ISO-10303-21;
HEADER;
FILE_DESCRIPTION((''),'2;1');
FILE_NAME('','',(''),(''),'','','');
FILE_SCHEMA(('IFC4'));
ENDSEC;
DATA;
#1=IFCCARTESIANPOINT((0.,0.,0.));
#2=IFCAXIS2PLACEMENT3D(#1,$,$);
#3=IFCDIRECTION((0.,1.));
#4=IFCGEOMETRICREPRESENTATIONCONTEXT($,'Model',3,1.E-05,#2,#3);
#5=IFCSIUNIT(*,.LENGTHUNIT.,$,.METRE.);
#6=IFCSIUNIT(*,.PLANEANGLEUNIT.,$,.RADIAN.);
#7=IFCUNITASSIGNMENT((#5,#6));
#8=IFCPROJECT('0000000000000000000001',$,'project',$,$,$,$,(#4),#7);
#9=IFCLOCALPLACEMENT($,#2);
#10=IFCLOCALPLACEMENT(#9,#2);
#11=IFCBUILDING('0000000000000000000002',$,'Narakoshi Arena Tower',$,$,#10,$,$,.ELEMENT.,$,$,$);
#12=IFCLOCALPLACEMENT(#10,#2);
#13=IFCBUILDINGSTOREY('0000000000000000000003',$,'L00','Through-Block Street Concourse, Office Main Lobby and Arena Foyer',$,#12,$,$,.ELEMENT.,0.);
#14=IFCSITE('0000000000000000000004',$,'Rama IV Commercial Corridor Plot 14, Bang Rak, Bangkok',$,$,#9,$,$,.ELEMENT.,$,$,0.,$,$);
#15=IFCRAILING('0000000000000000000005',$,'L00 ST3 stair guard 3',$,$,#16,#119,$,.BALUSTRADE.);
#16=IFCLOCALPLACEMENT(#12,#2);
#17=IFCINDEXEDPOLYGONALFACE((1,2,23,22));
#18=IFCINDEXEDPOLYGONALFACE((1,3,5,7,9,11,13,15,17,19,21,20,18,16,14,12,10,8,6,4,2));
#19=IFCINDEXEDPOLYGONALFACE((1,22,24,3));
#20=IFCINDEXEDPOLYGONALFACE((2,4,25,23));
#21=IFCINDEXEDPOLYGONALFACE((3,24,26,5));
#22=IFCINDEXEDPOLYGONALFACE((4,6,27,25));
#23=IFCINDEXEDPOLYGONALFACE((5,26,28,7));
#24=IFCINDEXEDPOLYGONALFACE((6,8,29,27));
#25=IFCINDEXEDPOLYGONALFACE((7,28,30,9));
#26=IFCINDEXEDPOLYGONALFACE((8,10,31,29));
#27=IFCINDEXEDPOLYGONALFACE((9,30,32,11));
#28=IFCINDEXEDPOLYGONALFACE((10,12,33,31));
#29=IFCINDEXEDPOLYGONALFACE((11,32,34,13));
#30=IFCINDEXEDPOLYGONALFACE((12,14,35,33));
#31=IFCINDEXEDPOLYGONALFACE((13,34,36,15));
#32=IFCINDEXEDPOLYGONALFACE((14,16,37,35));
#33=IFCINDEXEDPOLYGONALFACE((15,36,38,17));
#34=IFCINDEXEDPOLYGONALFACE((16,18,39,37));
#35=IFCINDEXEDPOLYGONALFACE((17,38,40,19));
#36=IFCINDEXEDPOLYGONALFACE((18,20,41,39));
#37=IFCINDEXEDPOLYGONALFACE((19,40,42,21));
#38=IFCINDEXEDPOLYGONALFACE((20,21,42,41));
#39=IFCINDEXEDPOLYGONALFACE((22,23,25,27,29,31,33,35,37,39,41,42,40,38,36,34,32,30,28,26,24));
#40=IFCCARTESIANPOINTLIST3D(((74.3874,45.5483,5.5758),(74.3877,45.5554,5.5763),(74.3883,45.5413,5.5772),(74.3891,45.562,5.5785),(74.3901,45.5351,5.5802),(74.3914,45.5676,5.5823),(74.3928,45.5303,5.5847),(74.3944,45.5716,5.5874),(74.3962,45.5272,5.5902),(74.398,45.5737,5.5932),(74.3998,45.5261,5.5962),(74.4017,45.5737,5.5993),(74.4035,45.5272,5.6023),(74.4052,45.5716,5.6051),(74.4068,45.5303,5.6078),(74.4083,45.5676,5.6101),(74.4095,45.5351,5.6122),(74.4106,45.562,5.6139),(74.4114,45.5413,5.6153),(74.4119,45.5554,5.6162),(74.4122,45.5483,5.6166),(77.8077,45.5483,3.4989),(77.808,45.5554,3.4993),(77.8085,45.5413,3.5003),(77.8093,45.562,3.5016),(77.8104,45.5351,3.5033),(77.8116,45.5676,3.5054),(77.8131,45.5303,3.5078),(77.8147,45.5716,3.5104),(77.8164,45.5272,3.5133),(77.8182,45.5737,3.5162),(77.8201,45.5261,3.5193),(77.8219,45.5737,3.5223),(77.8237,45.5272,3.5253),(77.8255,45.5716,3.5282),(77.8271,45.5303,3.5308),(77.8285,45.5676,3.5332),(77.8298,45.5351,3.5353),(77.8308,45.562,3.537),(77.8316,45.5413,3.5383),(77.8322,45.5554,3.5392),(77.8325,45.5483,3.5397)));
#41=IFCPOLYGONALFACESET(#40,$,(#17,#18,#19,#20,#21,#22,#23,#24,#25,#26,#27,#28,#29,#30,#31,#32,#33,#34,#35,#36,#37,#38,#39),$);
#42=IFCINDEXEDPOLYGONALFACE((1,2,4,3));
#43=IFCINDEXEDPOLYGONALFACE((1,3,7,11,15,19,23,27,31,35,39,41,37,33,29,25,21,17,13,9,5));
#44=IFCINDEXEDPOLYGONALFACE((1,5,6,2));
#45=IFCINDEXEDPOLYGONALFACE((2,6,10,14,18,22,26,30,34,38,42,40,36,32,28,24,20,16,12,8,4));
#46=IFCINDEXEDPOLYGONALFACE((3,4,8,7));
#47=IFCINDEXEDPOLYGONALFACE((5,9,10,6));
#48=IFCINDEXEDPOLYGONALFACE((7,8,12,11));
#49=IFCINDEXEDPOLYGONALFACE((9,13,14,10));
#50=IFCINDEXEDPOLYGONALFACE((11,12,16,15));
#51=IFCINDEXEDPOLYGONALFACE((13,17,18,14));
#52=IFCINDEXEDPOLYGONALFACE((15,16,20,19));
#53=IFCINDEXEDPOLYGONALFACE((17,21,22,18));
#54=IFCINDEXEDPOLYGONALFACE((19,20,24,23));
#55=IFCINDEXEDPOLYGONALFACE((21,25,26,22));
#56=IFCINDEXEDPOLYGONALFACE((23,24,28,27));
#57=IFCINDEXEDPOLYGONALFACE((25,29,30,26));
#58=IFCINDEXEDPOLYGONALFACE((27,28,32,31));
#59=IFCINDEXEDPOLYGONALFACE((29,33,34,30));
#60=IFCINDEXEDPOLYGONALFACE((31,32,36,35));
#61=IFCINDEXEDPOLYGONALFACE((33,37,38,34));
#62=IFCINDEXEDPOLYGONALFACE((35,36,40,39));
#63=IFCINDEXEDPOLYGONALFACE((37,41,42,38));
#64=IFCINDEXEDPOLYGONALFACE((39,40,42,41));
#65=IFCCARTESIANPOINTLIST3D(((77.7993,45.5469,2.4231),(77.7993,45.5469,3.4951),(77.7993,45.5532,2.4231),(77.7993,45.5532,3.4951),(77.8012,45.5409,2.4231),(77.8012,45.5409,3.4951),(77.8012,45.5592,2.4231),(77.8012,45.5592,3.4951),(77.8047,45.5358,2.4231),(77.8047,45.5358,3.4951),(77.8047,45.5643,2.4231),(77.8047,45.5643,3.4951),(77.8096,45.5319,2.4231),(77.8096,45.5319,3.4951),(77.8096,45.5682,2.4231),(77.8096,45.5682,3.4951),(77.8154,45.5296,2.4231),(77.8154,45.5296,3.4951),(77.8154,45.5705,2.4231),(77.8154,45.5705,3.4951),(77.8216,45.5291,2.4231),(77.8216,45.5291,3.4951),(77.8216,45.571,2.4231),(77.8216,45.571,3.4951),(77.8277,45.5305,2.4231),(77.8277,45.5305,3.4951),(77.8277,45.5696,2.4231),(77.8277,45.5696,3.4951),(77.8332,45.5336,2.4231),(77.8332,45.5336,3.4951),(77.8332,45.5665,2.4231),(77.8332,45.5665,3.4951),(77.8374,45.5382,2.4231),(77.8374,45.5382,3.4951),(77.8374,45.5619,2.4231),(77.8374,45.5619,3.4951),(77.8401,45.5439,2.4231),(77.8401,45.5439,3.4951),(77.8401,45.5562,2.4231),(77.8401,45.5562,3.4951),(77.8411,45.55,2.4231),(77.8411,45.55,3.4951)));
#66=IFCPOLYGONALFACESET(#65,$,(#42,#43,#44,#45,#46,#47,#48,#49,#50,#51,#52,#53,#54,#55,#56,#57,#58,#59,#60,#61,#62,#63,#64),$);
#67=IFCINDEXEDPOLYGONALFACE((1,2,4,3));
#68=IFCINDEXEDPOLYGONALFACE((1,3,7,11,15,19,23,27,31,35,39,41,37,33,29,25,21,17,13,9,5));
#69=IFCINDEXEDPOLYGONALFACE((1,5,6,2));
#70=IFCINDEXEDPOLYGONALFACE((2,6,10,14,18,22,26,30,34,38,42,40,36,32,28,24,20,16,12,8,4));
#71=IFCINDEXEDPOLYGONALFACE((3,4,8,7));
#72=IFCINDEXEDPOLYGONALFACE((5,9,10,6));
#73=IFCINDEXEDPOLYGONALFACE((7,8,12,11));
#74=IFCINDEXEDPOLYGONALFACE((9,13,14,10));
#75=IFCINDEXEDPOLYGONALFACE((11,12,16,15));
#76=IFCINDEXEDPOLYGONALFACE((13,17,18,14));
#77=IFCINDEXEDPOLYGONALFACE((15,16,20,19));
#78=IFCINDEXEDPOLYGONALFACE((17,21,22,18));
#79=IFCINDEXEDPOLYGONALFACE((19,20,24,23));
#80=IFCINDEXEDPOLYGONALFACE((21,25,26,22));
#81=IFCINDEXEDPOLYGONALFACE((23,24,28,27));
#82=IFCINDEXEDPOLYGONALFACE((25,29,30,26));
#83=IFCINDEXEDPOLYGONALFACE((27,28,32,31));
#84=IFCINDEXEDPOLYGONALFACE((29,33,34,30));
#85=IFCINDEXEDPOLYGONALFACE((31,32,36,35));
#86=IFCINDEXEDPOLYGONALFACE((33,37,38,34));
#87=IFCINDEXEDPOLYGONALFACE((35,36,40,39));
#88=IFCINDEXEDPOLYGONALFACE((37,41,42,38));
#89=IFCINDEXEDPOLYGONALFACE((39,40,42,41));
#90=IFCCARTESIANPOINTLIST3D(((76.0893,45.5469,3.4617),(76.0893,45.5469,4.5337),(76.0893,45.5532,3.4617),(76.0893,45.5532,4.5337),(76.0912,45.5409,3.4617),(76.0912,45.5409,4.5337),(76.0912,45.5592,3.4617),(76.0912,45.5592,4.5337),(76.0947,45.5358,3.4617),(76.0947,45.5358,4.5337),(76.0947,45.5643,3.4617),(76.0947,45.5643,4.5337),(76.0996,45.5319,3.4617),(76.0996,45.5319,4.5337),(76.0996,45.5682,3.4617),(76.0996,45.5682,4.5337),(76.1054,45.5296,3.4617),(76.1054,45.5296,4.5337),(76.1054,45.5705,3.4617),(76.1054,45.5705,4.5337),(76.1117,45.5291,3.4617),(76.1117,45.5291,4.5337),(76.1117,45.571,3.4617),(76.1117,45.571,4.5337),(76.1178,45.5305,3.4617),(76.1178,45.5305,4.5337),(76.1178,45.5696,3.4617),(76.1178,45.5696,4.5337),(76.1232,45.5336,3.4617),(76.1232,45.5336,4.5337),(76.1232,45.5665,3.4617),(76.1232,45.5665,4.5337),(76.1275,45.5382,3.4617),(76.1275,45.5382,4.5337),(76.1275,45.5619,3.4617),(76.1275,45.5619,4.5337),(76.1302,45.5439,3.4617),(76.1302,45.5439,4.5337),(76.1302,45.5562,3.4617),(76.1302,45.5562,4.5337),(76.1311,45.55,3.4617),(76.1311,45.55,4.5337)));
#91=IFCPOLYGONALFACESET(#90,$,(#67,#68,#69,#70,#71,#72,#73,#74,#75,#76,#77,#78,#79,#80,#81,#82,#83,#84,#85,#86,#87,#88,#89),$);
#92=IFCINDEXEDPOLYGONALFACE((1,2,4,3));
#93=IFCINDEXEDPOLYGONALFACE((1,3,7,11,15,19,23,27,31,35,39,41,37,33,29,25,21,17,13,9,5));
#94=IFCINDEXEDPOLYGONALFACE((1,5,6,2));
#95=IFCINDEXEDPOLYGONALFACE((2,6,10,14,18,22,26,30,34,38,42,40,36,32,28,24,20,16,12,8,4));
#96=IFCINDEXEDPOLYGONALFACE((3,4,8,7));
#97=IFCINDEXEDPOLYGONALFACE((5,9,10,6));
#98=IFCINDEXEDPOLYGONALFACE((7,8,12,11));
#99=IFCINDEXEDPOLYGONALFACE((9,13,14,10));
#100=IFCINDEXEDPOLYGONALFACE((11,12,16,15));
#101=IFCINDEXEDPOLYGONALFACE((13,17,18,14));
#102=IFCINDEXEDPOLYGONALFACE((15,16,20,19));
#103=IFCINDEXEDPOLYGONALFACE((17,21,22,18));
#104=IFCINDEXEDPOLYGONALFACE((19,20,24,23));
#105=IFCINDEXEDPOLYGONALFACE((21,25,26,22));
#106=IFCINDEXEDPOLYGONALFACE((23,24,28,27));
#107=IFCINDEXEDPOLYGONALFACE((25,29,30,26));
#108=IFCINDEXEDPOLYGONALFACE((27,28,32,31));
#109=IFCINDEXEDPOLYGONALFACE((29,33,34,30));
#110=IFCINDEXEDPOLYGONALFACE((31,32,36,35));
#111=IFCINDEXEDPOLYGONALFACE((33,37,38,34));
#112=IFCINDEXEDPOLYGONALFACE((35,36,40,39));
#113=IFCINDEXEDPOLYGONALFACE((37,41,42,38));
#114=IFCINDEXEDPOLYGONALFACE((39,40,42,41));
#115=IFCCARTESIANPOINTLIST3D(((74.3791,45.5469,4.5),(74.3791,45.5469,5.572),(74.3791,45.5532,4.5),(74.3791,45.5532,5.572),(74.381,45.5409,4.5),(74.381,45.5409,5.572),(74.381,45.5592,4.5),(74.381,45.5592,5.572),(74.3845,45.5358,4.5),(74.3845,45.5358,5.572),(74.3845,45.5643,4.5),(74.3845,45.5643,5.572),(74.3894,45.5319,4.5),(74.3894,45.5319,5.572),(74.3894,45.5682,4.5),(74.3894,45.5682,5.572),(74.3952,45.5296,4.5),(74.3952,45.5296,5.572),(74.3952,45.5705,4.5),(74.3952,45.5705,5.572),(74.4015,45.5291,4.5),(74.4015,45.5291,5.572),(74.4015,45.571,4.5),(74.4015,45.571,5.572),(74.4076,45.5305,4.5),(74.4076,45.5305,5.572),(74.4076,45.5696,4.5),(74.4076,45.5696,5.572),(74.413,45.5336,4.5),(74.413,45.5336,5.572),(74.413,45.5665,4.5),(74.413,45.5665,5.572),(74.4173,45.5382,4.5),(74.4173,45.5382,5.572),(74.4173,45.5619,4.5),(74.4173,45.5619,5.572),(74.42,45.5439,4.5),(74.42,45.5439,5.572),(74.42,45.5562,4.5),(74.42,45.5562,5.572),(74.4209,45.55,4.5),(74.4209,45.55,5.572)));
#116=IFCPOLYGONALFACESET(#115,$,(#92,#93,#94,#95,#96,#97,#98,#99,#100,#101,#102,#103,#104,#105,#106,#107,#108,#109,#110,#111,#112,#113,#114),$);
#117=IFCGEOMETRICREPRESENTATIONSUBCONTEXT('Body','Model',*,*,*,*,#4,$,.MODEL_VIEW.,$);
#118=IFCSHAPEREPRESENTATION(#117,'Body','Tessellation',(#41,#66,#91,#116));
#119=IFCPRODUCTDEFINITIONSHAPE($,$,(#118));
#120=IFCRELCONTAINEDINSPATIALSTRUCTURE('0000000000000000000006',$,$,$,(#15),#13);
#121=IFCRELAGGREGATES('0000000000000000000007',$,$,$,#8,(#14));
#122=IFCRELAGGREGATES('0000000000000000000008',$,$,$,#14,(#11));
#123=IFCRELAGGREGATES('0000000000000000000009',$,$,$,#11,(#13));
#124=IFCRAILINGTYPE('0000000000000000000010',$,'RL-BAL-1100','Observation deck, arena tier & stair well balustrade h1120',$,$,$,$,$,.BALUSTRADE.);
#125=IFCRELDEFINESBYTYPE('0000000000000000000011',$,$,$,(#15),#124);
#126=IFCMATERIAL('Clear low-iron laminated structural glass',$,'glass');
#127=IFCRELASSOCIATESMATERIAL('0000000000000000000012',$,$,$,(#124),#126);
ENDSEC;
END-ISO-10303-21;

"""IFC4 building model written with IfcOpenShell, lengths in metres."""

from ifc_helpers import new_model, si_unit, direction, frame, origin, origin_2d, place, context, subcontext, project, spatial, circle, extrude, material, type_object, element, save


model = new_model("IFC4")

# Units and contexts
model_context = context("Model", 3, precision=1e-05, world=origin(), true_north=direction((0.0, 1.0)))
body_context = subcontext(model_context, "Body", "Model", "MODEL_VIEW")
ifc_project = project(units=[si_unit("LENGTHUNIT", "METRE"), si_unit("PLANEANGLEUNIT", "RADIAN")], contexts=[model_context])

# Site, building, storey
site_placement = place(None, origin())
site = spatial("IfcSite", under=ifc_project, at=site_placement, Name="Rama IV Commercial Corridor Plot 14, Bang Rak, Bangkok", CompositionType="ELEMENT", RefElevation=0.0)
building_placement = place(site_placement, origin())
building = spatial("IfcBuilding", under=site, at=building_placement, Name="Narakoshi Arena Tower", CompositionType="ELEMENT")
storey_placement = place(building_placement, origin())
storey = spatial("IfcBuildingStorey", under=building, at=storey_placement, Name="L00", Description="Through-Block Street Concourse, Office Main Lobby and Arena Foyer", CompositionType="ELEMENT", Elevation=0.0)

# Railing
ifc_material_1 = material(Name="Clear low-iron laminated structural glass", Category="glass")
railing_type_1 = type_object("IfcRailingType", Name="RL-BAL-1100", Description="Observation deck, arena tier & stair well balustrade h1120", PredefinedType="BALUSTRADE", material=ifc_material_1)
railing_1_placement = place(storey_placement, frame((77.8201, 45.55, 2.4231)))
element("IfcRailing", 1, at=railing_1_placement, inside=storey, type_object=railing_type_1, Name="L00 ST3 stair guard 3", PredefinedType="BALUSTRADE", context=body_context, shape_type="SweptSolid", body=[
    extrude(circle(Radius=0.0239, at=origin_2d()), frame((0.0, 0.0, 1.0962), z_axis=(-0.854746, 0.0, 0.519047), x_axis=(0.0, -1.0, 0.0)), (0.0, 0.0, 1.0), 4.0015),
    extrude(circle(Radius=0.021, at=origin_2d()), origin(), (0.0, 0.0, 1.0), 1.072),
    extrude(circle(Radius=0.021, at=origin_2d()), frame((-1.71, 0.0, 1.0386)), (0.0, 0.0, 1.0), 1.072),
    extrude(circle(Radius=0.021, at=origin_2d()), frame((-3.4202, 0.0, 2.0769)), (0.0, 0.0, 1.0), 1.072),
])

save(model, "model.ifc")
